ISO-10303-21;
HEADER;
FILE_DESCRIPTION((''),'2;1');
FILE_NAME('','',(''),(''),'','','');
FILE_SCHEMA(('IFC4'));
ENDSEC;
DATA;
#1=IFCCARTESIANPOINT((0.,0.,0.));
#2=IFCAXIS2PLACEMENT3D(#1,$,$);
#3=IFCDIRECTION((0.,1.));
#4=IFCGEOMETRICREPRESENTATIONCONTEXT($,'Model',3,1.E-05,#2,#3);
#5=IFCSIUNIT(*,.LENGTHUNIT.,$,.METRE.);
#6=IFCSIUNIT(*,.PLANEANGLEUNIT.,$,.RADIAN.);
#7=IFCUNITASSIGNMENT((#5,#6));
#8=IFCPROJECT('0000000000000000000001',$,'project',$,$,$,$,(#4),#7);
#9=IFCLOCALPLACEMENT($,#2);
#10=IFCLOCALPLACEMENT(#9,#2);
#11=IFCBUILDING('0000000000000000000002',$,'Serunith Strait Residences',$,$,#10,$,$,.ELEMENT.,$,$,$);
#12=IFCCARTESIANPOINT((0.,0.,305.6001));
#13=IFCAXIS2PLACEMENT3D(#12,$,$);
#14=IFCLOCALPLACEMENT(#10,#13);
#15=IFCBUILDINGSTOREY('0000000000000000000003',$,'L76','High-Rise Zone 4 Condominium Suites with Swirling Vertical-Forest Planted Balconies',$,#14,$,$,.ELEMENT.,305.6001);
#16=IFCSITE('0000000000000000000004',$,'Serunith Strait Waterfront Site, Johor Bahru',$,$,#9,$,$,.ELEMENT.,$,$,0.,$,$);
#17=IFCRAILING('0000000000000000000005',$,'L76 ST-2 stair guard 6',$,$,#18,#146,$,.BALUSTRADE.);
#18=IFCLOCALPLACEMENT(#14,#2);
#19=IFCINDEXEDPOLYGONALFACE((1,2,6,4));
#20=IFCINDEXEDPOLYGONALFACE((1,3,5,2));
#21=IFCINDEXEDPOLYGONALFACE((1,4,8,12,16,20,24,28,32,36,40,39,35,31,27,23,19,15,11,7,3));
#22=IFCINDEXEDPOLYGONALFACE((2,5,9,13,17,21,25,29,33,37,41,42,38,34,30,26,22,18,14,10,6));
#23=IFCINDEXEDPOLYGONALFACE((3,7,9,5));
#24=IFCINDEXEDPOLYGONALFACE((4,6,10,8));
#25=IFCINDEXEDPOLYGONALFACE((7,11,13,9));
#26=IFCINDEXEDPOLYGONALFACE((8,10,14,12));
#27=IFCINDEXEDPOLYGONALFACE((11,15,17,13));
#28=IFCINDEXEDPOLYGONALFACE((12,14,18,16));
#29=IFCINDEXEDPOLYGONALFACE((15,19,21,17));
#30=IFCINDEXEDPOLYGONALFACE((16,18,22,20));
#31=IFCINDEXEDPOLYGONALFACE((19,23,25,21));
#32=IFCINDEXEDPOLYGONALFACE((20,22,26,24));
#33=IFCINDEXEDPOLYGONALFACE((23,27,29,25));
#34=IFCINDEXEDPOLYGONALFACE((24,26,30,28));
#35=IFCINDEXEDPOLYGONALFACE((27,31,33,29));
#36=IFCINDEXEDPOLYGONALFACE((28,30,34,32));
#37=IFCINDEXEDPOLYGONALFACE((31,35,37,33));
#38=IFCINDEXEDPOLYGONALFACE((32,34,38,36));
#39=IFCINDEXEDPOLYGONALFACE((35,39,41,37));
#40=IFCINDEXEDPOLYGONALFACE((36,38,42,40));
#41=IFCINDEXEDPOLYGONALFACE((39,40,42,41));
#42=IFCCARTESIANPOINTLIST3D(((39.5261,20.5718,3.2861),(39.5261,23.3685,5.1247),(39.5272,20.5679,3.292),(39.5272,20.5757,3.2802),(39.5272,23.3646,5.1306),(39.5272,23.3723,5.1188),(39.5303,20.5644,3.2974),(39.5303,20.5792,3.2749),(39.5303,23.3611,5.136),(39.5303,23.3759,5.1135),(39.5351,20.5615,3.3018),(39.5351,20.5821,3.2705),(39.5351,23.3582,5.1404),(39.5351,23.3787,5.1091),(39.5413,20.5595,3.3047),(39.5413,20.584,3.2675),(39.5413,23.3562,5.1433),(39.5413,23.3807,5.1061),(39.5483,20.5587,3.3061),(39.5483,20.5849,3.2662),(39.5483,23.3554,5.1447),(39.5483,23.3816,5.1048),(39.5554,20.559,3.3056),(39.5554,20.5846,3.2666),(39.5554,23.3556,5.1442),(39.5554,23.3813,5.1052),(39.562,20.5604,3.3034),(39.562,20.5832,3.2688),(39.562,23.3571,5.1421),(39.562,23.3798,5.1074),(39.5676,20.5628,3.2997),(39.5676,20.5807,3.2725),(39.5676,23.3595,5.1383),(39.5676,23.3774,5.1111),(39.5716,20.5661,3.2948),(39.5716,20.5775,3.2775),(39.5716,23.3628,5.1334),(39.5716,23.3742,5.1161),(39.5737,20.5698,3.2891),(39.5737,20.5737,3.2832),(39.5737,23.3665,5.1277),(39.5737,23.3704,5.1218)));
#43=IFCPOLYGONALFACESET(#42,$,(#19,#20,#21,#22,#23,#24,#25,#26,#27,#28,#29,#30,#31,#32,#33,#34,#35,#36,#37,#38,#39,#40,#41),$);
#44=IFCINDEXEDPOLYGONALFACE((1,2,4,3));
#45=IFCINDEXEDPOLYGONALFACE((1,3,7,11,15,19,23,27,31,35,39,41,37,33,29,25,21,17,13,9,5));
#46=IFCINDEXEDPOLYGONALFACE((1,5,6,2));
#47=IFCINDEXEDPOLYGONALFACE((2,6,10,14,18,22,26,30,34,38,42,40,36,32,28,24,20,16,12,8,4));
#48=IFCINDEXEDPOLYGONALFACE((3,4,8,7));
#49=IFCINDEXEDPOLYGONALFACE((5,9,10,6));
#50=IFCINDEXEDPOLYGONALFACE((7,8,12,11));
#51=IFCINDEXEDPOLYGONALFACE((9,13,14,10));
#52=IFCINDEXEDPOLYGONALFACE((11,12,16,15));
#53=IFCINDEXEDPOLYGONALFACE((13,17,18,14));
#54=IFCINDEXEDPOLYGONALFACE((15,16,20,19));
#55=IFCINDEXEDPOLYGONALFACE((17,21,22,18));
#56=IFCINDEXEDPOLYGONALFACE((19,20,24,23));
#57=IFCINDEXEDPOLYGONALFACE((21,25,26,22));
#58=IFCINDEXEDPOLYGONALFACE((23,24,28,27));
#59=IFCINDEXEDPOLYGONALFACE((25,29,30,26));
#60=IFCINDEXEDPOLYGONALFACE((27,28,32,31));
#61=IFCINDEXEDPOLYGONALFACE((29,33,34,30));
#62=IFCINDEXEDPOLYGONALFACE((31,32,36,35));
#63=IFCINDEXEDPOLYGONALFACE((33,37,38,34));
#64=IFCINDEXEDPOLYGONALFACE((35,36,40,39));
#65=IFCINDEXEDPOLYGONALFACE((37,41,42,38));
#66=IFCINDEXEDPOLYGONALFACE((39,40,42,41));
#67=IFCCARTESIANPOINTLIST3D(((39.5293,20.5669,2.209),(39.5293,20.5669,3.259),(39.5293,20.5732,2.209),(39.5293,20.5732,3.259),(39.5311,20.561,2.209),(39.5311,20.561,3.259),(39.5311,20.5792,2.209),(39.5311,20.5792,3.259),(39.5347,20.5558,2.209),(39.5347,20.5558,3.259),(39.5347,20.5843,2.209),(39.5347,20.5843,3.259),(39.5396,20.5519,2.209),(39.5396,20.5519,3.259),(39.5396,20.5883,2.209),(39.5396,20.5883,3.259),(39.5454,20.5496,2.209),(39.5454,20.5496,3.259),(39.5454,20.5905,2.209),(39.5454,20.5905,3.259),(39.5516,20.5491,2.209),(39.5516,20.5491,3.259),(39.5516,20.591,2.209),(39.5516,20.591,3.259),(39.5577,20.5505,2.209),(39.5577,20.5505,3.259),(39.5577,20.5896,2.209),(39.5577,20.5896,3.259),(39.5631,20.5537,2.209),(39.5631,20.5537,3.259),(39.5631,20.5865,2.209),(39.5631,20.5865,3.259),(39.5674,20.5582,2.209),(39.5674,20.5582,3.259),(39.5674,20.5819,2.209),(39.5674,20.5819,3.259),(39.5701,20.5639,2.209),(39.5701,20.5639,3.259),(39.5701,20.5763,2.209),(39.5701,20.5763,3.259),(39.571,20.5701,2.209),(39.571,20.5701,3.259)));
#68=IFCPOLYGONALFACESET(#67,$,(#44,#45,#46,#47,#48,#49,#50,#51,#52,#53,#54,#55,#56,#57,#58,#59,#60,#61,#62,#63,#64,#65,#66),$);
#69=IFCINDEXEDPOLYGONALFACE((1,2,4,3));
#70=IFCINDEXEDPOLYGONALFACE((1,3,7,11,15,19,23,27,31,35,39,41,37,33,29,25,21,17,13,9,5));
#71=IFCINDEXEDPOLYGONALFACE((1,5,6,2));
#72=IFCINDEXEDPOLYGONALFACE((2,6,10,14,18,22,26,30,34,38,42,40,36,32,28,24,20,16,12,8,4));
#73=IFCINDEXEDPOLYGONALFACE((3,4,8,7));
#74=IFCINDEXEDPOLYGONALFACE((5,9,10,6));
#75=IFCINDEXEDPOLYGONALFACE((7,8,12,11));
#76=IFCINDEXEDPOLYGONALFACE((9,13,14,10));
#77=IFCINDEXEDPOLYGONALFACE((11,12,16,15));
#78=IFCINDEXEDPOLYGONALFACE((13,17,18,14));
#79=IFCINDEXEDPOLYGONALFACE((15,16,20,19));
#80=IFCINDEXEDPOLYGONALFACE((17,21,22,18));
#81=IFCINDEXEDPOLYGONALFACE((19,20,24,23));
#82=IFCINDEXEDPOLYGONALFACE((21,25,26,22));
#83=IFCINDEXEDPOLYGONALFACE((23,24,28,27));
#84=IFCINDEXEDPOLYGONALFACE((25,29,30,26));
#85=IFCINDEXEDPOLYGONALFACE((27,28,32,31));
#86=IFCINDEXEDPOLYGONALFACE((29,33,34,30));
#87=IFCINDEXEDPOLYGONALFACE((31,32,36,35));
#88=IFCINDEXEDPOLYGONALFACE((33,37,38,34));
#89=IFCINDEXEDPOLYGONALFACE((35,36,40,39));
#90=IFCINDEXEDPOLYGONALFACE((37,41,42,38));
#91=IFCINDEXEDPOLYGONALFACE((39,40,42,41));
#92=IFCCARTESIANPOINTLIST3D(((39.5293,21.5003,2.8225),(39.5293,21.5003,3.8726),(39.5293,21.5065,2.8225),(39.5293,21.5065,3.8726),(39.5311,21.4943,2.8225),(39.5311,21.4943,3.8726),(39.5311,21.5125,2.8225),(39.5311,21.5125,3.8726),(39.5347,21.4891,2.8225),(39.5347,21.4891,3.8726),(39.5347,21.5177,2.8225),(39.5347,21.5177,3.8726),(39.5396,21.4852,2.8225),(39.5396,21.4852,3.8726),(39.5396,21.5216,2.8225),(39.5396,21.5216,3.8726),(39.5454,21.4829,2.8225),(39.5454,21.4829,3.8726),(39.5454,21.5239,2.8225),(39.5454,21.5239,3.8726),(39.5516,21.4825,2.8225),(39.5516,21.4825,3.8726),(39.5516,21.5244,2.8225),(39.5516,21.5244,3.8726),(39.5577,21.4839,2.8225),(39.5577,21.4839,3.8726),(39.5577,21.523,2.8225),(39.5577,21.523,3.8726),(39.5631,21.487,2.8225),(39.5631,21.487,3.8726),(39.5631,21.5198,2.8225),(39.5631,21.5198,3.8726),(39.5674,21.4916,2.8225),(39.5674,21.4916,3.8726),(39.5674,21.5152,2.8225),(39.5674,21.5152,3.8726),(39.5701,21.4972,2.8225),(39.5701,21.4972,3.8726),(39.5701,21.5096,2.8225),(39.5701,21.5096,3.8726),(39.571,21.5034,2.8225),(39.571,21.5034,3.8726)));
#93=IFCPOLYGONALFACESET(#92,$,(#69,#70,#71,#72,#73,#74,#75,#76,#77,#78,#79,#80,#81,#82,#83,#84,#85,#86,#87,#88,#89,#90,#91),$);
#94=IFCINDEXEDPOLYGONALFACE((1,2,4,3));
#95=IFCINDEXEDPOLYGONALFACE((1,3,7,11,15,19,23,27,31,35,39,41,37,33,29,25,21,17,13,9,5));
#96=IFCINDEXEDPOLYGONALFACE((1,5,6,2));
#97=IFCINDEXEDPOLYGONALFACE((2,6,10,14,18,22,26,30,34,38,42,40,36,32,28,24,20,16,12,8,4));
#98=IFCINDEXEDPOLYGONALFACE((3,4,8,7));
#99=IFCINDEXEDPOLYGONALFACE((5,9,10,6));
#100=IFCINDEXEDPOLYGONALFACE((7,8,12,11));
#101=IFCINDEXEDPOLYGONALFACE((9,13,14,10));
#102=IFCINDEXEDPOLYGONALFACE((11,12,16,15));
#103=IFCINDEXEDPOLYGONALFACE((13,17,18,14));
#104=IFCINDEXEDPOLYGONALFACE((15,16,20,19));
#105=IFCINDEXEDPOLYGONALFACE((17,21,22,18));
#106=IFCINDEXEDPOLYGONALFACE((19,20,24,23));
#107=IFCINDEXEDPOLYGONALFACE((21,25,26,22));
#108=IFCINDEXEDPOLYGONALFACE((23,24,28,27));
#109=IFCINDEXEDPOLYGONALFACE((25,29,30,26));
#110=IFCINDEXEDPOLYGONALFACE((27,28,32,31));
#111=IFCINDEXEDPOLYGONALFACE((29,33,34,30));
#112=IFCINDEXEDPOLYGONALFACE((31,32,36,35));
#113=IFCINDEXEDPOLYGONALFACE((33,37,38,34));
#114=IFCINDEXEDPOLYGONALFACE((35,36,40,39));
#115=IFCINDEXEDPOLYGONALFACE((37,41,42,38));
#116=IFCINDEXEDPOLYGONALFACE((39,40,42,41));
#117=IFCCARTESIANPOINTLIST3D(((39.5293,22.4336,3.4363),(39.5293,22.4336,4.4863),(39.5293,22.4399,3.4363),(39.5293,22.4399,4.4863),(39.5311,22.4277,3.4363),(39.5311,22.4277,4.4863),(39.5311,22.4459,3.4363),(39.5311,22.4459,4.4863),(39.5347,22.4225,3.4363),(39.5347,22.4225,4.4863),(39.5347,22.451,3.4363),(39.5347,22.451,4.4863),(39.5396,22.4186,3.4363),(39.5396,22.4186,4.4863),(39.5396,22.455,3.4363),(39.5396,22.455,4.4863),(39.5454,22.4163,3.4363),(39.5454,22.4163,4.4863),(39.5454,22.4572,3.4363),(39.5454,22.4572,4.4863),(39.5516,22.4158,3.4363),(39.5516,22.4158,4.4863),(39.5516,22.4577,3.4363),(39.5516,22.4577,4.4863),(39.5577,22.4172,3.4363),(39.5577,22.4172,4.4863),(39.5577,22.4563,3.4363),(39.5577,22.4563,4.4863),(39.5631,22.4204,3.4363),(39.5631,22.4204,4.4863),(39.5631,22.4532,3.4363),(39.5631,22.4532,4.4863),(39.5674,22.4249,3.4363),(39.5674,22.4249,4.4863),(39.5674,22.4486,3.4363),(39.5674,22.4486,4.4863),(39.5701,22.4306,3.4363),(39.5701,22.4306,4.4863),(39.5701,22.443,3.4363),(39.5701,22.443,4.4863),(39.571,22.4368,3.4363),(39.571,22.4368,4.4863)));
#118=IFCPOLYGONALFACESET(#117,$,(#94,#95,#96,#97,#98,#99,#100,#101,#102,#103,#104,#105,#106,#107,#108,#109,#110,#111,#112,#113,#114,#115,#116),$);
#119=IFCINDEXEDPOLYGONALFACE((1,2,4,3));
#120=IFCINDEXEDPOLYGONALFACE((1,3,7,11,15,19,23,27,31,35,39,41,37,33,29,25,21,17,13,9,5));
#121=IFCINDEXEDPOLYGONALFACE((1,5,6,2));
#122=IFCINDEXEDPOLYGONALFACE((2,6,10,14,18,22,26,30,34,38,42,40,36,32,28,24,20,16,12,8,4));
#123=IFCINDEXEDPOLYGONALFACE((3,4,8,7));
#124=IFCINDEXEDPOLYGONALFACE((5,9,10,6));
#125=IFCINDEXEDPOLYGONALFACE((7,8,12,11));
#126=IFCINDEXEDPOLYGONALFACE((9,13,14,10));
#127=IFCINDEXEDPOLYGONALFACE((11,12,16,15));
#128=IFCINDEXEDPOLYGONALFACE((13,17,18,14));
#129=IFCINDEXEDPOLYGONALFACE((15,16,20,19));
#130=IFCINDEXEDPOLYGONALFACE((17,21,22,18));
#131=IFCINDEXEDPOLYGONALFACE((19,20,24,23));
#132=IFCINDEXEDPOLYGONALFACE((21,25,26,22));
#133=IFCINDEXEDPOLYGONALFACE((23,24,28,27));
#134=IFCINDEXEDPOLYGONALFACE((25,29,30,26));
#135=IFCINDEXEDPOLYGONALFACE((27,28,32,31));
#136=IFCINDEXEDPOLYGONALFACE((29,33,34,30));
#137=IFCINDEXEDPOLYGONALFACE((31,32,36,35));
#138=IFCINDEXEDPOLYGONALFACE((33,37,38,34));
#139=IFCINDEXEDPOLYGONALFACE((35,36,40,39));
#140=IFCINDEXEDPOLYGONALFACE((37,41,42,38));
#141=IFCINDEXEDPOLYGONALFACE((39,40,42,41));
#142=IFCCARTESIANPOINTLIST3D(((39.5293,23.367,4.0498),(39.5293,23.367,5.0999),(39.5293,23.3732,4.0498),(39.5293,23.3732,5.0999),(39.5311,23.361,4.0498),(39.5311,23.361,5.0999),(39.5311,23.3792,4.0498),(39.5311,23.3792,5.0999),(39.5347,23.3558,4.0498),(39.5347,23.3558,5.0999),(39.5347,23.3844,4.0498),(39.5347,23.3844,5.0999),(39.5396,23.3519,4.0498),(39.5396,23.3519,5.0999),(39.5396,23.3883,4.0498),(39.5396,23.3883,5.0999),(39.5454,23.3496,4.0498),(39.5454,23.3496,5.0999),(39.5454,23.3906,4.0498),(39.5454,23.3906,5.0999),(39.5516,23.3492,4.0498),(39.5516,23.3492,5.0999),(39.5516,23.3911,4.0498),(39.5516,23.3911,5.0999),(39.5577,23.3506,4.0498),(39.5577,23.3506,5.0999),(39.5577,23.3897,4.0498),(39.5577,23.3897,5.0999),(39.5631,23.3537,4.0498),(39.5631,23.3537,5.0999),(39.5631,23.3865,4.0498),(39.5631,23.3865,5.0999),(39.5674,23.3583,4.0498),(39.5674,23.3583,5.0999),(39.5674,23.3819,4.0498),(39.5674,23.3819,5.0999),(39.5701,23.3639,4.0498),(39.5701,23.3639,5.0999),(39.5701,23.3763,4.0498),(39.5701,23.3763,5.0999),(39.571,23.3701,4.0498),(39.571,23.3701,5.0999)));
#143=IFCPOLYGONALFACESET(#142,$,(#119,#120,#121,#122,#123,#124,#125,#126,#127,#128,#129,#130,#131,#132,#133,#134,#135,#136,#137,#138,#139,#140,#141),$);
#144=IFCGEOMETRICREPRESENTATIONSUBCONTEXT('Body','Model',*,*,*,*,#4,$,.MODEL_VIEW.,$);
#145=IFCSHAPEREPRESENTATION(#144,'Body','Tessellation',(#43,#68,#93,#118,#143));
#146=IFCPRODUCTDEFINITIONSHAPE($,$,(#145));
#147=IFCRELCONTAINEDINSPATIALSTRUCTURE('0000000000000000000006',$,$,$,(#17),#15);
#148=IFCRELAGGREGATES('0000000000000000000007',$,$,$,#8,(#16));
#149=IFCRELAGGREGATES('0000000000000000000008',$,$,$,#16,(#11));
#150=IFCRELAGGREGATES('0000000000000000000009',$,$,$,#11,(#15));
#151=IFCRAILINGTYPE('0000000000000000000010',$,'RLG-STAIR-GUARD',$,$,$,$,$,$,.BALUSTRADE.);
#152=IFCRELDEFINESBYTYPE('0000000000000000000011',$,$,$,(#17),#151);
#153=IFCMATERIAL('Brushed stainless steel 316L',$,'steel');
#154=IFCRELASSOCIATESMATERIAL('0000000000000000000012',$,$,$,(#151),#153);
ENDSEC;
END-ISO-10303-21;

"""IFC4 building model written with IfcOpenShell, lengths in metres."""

from ifc_helpers import new_model, si_unit, direction, frame, origin, origin_2d, place, context, subcontext, project, spatial, circle, extrude, material, type_object, element, save


model = new_model("IFC4")

# Units and contexts
model_context = context("Model", 3, precision=1e-05, world=origin(), true_north=direction((0.0, 1.0)))
body_context = subcontext(model_context, "Body", "Model", "MODEL_VIEW")
ifc_project = project(units=[si_unit("LENGTHUNIT", "METRE"), si_unit("PLANEANGLEUNIT", "RADIAN")], contexts=[model_context])

# Site, building, storey
site_placement = place(None, origin())
site = spatial("IfcSite", under=ifc_project, at=site_placement, Name="Serunith Strait Waterfront Site, Johor Bahru", CompositionType="ELEMENT", RefElevation=0.0)
building_placement = place(site_placement, origin())
building = spatial("IfcBuilding", under=site, at=building_placement, Name="Serunith Strait Residences", CompositionType="ELEMENT")
storey_placement = place(building_placement, frame((0.0, 0.0, 305.6001)))
storey = spatial("IfcBuildingStorey", under=building, at=storey_placement, Name="L76", Description="High-Rise Zone 4 Condominium Suites with Swirling Vertical-Forest Planted Balconies", CompositionType="ELEMENT", Elevation=305.6001)

# Railing
ifc_material_1 = material(Name="Brushed stainless steel 316L", Category="steel")
railing_type_1 = type_object("IfcRailingType", Name="RLG-STAIR-GUARD", PredefinedType="BALUSTRADE", material=ifc_material_1)
railing_1_placement = place(storey_placement, frame((39.55, 20.5701, 2.209)))
element("IfcRailing", 1, at=railing_1_placement, inside=storey, type_object=railing_type_1, Name="L76 ST-2 stair guard 6", PredefinedType="BALUSTRADE", context=body_context, shape_type="SweptSolid", body=[
    extrude(circle(Radius=0.0239, at=origin_2d()), frame((0.0, 0.0017, 1.0771), z_axis=(0.0, 0.835598, 0.549342), x_axis=(-1.0, 0.0, 0.0)), (0.0, 0.0, 1.0), 3.3469),
    extrude(circle(Radius=0.021, at=origin_2d()), origin(), (0.0, 0.0, 1.0), 1.05),
    extrude(circle(Radius=0.021, at=origin_2d()), frame((0.0, 0.9333, 0.6135)), (0.0, 0.0, 1.0), 1.05),
    extrude(circle(Radius=0.021, at=origin_2d()), frame((0.0, 1.8667, 1.2273)), (0.0, 0.0, 1.0), 1.05),
    extrude(circle(Radius=0.021, at=origin_2d()), frame((0.0, 2.8, 1.8408)), (0.0, 0.0, 1.0), 1.05),
])

save(model, "model.ifc")
